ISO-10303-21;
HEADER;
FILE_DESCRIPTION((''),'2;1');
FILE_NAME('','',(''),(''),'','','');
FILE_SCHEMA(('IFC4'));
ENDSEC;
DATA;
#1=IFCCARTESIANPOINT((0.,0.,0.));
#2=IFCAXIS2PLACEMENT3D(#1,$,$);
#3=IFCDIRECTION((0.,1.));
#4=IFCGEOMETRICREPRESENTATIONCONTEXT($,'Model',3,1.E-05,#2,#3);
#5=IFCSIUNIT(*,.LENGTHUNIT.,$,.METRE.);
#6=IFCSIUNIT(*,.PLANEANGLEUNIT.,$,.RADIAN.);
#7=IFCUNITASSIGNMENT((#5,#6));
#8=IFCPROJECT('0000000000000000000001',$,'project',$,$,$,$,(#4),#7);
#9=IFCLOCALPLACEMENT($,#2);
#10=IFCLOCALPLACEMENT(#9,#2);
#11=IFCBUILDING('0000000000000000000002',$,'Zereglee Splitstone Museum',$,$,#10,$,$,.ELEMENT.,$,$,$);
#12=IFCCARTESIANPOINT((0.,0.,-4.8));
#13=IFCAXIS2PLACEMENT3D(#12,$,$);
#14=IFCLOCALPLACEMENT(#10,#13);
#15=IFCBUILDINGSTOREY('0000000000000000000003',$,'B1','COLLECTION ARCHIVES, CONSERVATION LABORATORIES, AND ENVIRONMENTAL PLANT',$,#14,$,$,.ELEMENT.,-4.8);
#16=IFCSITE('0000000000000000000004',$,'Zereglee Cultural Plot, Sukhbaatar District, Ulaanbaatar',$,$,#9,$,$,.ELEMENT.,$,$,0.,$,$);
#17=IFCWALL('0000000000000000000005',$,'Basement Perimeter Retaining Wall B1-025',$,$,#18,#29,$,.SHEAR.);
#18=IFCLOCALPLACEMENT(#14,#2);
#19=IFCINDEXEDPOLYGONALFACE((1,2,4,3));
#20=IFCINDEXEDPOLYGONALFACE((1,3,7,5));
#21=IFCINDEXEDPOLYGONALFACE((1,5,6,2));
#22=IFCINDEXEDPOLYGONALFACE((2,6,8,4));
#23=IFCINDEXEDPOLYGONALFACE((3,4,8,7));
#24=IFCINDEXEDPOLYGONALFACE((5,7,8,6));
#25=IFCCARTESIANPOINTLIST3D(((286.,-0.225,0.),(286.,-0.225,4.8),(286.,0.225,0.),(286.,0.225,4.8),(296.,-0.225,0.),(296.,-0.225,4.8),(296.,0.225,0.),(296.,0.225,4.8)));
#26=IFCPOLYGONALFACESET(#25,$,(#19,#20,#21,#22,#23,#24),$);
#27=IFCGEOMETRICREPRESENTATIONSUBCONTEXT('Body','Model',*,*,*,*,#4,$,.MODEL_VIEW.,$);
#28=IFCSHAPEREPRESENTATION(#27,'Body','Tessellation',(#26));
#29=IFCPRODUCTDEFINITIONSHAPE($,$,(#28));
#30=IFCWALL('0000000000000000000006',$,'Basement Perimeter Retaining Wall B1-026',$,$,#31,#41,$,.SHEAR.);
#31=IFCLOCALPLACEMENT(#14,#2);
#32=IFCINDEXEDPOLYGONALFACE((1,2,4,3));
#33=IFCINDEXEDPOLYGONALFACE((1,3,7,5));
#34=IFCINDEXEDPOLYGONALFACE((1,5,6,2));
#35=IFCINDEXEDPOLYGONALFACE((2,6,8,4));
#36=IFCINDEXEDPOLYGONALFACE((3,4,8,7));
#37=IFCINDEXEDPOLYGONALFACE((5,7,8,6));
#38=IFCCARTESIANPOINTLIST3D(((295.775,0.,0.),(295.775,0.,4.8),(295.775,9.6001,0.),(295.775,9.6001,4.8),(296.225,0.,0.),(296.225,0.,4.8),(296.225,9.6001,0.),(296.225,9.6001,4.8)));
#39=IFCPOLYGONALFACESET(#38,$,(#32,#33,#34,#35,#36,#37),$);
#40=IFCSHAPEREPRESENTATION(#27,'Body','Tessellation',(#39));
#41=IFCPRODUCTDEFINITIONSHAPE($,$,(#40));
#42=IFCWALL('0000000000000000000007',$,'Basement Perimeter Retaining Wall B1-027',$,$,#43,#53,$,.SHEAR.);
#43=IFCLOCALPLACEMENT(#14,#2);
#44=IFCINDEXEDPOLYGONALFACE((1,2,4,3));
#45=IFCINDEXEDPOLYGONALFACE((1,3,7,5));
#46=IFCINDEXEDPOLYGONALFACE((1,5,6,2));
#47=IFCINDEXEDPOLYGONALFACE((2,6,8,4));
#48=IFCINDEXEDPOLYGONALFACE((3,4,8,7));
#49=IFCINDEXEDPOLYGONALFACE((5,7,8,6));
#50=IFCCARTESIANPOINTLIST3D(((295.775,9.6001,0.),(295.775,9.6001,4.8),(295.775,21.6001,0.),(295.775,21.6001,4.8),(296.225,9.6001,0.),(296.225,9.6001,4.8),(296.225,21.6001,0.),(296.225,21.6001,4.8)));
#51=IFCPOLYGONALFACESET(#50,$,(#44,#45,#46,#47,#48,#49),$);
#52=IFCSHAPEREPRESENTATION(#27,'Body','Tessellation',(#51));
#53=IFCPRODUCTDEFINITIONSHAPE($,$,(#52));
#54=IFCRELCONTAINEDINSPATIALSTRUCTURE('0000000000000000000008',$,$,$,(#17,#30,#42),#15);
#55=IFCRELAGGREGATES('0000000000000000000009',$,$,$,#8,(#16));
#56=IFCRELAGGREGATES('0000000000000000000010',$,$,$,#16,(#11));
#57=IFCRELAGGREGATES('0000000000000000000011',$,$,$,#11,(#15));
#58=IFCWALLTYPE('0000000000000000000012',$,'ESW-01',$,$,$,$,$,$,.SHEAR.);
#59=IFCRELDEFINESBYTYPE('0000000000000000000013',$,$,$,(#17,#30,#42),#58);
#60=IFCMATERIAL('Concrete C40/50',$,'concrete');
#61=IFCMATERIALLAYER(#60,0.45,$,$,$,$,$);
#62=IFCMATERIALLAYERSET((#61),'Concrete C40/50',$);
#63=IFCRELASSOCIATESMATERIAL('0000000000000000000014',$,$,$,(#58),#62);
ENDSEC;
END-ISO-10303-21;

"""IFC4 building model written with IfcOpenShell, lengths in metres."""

from ifc_helpers import new_model, si_unit, direction, frame, frame_2d, origin, place, context, subcontext, project, spatial, rectangle, extrude, material, layer, layer_set, type_object, element, save


model = new_model("IFC4")

# Units and contexts
model_context = context("Model", 3, precision=1e-05, world=origin(), true_north=direction((0.0, 1.0)))
body_context = subcontext(model_context, "Body", "Model", "MODEL_VIEW")
ifc_project = project(units=[si_unit("LENGTHUNIT", "METRE"), si_unit("PLANEANGLEUNIT", "RADIAN")], contexts=[model_context])

# Site, building, storey
site_placement = place(None, origin())
site = spatial("IfcSite", under=ifc_project, at=site_placement, Name="Zereglee Cultural Plot, Sukhbaatar District, Ulaanbaatar", CompositionType="ELEMENT", RefElevation=0.0)
building_placement = place(site_placement, origin())
building = spatial("IfcBuilding", under=site, at=building_placement, Name="Zereglee Splitstone Museum", CompositionType="ELEMENT")
storey_placement = place(building_placement, frame((0.0, 0.0, -4.8)))
storey = spatial("IfcBuildingStorey", under=building, at=storey_placement, Name="B1", Description="COLLECTION ARCHIVES, CONSERVATION LABORATORIES, AND ENVIRONMENTAL PLANT", CompositionType="ELEMENT", Elevation=-4.8)

# Shared definitions
ifc_material_1 = material(Name="Concrete C40/50", Category="concrete")

# Walls
ifc_layer_1 = layer(ifc_material_1, 0.45)
ifc_layer_set_1 = layer_set([ifc_layer_1], Name="Concrete C40/50")
wall_type = type_object("IfcWallType", Name="ESW-01", PredefinedType="SHEAR", material=ifc_layer_set_1)
wall_1_placement = place(storey_placement, frame((286.0, 0.0, 0.0), z_axis=(0.0, 0.0, 1.0), x_axis=(1.0, 0.0, 0.0)))
element("IfcWall", 1, at=wall_1_placement, inside=storey, type_object=wall_type, Name="Basement Perimeter Retaining Wall B1-025", PredefinedType="SHEAR", context=body_context, shape_type="SweptSolid", body=[
    extrude(rectangle(XDim=10.0, YDim=0.45, at=frame_2d((5.0, 0.0))), origin(), (0.0, 0.0, 1.0), 4.8),
])
wall_2_placement = place(storey_placement, frame((296.0, 0.0, 0.0), z_axis=(0.0, 0.0, 1.0), x_axis=(0.0, 1.0, 0.0)))
element("IfcWall", 2, at=wall_2_placement, inside=storey, type_object=wall_type, Name="Basement Perimeter Retaining Wall B1-026", PredefinedType="SHEAR", context=body_context, shape_type="SweptSolid", body=[
    extrude(rectangle(XDim=9.6001, YDim=0.45, at=frame_2d((4.8, 0.0))), origin(), (0.0, 0.0, 1.0), 4.8),
])
wall_3_placement = place(storey_placement, frame((296.0, 9.6001, 0.0), z_axis=(0.0, 0.0, 1.0), x_axis=(0.0, 1.0, 0.0)))
element("IfcWall", 3, at=wall_3_placement, inside=storey, type_object=wall_type, Name="Basement Perimeter Retaining Wall B1-027", PredefinedType="SHEAR", context=body_context, shape_type="SweptSolid", body=[
    extrude(rectangle(XDim=12.0, YDim=0.45, at=frame_2d((6.0, 0.0))), origin(), (0.0, 0.0, 1.0), 4.8),
])

save(model, "model.ifc")
